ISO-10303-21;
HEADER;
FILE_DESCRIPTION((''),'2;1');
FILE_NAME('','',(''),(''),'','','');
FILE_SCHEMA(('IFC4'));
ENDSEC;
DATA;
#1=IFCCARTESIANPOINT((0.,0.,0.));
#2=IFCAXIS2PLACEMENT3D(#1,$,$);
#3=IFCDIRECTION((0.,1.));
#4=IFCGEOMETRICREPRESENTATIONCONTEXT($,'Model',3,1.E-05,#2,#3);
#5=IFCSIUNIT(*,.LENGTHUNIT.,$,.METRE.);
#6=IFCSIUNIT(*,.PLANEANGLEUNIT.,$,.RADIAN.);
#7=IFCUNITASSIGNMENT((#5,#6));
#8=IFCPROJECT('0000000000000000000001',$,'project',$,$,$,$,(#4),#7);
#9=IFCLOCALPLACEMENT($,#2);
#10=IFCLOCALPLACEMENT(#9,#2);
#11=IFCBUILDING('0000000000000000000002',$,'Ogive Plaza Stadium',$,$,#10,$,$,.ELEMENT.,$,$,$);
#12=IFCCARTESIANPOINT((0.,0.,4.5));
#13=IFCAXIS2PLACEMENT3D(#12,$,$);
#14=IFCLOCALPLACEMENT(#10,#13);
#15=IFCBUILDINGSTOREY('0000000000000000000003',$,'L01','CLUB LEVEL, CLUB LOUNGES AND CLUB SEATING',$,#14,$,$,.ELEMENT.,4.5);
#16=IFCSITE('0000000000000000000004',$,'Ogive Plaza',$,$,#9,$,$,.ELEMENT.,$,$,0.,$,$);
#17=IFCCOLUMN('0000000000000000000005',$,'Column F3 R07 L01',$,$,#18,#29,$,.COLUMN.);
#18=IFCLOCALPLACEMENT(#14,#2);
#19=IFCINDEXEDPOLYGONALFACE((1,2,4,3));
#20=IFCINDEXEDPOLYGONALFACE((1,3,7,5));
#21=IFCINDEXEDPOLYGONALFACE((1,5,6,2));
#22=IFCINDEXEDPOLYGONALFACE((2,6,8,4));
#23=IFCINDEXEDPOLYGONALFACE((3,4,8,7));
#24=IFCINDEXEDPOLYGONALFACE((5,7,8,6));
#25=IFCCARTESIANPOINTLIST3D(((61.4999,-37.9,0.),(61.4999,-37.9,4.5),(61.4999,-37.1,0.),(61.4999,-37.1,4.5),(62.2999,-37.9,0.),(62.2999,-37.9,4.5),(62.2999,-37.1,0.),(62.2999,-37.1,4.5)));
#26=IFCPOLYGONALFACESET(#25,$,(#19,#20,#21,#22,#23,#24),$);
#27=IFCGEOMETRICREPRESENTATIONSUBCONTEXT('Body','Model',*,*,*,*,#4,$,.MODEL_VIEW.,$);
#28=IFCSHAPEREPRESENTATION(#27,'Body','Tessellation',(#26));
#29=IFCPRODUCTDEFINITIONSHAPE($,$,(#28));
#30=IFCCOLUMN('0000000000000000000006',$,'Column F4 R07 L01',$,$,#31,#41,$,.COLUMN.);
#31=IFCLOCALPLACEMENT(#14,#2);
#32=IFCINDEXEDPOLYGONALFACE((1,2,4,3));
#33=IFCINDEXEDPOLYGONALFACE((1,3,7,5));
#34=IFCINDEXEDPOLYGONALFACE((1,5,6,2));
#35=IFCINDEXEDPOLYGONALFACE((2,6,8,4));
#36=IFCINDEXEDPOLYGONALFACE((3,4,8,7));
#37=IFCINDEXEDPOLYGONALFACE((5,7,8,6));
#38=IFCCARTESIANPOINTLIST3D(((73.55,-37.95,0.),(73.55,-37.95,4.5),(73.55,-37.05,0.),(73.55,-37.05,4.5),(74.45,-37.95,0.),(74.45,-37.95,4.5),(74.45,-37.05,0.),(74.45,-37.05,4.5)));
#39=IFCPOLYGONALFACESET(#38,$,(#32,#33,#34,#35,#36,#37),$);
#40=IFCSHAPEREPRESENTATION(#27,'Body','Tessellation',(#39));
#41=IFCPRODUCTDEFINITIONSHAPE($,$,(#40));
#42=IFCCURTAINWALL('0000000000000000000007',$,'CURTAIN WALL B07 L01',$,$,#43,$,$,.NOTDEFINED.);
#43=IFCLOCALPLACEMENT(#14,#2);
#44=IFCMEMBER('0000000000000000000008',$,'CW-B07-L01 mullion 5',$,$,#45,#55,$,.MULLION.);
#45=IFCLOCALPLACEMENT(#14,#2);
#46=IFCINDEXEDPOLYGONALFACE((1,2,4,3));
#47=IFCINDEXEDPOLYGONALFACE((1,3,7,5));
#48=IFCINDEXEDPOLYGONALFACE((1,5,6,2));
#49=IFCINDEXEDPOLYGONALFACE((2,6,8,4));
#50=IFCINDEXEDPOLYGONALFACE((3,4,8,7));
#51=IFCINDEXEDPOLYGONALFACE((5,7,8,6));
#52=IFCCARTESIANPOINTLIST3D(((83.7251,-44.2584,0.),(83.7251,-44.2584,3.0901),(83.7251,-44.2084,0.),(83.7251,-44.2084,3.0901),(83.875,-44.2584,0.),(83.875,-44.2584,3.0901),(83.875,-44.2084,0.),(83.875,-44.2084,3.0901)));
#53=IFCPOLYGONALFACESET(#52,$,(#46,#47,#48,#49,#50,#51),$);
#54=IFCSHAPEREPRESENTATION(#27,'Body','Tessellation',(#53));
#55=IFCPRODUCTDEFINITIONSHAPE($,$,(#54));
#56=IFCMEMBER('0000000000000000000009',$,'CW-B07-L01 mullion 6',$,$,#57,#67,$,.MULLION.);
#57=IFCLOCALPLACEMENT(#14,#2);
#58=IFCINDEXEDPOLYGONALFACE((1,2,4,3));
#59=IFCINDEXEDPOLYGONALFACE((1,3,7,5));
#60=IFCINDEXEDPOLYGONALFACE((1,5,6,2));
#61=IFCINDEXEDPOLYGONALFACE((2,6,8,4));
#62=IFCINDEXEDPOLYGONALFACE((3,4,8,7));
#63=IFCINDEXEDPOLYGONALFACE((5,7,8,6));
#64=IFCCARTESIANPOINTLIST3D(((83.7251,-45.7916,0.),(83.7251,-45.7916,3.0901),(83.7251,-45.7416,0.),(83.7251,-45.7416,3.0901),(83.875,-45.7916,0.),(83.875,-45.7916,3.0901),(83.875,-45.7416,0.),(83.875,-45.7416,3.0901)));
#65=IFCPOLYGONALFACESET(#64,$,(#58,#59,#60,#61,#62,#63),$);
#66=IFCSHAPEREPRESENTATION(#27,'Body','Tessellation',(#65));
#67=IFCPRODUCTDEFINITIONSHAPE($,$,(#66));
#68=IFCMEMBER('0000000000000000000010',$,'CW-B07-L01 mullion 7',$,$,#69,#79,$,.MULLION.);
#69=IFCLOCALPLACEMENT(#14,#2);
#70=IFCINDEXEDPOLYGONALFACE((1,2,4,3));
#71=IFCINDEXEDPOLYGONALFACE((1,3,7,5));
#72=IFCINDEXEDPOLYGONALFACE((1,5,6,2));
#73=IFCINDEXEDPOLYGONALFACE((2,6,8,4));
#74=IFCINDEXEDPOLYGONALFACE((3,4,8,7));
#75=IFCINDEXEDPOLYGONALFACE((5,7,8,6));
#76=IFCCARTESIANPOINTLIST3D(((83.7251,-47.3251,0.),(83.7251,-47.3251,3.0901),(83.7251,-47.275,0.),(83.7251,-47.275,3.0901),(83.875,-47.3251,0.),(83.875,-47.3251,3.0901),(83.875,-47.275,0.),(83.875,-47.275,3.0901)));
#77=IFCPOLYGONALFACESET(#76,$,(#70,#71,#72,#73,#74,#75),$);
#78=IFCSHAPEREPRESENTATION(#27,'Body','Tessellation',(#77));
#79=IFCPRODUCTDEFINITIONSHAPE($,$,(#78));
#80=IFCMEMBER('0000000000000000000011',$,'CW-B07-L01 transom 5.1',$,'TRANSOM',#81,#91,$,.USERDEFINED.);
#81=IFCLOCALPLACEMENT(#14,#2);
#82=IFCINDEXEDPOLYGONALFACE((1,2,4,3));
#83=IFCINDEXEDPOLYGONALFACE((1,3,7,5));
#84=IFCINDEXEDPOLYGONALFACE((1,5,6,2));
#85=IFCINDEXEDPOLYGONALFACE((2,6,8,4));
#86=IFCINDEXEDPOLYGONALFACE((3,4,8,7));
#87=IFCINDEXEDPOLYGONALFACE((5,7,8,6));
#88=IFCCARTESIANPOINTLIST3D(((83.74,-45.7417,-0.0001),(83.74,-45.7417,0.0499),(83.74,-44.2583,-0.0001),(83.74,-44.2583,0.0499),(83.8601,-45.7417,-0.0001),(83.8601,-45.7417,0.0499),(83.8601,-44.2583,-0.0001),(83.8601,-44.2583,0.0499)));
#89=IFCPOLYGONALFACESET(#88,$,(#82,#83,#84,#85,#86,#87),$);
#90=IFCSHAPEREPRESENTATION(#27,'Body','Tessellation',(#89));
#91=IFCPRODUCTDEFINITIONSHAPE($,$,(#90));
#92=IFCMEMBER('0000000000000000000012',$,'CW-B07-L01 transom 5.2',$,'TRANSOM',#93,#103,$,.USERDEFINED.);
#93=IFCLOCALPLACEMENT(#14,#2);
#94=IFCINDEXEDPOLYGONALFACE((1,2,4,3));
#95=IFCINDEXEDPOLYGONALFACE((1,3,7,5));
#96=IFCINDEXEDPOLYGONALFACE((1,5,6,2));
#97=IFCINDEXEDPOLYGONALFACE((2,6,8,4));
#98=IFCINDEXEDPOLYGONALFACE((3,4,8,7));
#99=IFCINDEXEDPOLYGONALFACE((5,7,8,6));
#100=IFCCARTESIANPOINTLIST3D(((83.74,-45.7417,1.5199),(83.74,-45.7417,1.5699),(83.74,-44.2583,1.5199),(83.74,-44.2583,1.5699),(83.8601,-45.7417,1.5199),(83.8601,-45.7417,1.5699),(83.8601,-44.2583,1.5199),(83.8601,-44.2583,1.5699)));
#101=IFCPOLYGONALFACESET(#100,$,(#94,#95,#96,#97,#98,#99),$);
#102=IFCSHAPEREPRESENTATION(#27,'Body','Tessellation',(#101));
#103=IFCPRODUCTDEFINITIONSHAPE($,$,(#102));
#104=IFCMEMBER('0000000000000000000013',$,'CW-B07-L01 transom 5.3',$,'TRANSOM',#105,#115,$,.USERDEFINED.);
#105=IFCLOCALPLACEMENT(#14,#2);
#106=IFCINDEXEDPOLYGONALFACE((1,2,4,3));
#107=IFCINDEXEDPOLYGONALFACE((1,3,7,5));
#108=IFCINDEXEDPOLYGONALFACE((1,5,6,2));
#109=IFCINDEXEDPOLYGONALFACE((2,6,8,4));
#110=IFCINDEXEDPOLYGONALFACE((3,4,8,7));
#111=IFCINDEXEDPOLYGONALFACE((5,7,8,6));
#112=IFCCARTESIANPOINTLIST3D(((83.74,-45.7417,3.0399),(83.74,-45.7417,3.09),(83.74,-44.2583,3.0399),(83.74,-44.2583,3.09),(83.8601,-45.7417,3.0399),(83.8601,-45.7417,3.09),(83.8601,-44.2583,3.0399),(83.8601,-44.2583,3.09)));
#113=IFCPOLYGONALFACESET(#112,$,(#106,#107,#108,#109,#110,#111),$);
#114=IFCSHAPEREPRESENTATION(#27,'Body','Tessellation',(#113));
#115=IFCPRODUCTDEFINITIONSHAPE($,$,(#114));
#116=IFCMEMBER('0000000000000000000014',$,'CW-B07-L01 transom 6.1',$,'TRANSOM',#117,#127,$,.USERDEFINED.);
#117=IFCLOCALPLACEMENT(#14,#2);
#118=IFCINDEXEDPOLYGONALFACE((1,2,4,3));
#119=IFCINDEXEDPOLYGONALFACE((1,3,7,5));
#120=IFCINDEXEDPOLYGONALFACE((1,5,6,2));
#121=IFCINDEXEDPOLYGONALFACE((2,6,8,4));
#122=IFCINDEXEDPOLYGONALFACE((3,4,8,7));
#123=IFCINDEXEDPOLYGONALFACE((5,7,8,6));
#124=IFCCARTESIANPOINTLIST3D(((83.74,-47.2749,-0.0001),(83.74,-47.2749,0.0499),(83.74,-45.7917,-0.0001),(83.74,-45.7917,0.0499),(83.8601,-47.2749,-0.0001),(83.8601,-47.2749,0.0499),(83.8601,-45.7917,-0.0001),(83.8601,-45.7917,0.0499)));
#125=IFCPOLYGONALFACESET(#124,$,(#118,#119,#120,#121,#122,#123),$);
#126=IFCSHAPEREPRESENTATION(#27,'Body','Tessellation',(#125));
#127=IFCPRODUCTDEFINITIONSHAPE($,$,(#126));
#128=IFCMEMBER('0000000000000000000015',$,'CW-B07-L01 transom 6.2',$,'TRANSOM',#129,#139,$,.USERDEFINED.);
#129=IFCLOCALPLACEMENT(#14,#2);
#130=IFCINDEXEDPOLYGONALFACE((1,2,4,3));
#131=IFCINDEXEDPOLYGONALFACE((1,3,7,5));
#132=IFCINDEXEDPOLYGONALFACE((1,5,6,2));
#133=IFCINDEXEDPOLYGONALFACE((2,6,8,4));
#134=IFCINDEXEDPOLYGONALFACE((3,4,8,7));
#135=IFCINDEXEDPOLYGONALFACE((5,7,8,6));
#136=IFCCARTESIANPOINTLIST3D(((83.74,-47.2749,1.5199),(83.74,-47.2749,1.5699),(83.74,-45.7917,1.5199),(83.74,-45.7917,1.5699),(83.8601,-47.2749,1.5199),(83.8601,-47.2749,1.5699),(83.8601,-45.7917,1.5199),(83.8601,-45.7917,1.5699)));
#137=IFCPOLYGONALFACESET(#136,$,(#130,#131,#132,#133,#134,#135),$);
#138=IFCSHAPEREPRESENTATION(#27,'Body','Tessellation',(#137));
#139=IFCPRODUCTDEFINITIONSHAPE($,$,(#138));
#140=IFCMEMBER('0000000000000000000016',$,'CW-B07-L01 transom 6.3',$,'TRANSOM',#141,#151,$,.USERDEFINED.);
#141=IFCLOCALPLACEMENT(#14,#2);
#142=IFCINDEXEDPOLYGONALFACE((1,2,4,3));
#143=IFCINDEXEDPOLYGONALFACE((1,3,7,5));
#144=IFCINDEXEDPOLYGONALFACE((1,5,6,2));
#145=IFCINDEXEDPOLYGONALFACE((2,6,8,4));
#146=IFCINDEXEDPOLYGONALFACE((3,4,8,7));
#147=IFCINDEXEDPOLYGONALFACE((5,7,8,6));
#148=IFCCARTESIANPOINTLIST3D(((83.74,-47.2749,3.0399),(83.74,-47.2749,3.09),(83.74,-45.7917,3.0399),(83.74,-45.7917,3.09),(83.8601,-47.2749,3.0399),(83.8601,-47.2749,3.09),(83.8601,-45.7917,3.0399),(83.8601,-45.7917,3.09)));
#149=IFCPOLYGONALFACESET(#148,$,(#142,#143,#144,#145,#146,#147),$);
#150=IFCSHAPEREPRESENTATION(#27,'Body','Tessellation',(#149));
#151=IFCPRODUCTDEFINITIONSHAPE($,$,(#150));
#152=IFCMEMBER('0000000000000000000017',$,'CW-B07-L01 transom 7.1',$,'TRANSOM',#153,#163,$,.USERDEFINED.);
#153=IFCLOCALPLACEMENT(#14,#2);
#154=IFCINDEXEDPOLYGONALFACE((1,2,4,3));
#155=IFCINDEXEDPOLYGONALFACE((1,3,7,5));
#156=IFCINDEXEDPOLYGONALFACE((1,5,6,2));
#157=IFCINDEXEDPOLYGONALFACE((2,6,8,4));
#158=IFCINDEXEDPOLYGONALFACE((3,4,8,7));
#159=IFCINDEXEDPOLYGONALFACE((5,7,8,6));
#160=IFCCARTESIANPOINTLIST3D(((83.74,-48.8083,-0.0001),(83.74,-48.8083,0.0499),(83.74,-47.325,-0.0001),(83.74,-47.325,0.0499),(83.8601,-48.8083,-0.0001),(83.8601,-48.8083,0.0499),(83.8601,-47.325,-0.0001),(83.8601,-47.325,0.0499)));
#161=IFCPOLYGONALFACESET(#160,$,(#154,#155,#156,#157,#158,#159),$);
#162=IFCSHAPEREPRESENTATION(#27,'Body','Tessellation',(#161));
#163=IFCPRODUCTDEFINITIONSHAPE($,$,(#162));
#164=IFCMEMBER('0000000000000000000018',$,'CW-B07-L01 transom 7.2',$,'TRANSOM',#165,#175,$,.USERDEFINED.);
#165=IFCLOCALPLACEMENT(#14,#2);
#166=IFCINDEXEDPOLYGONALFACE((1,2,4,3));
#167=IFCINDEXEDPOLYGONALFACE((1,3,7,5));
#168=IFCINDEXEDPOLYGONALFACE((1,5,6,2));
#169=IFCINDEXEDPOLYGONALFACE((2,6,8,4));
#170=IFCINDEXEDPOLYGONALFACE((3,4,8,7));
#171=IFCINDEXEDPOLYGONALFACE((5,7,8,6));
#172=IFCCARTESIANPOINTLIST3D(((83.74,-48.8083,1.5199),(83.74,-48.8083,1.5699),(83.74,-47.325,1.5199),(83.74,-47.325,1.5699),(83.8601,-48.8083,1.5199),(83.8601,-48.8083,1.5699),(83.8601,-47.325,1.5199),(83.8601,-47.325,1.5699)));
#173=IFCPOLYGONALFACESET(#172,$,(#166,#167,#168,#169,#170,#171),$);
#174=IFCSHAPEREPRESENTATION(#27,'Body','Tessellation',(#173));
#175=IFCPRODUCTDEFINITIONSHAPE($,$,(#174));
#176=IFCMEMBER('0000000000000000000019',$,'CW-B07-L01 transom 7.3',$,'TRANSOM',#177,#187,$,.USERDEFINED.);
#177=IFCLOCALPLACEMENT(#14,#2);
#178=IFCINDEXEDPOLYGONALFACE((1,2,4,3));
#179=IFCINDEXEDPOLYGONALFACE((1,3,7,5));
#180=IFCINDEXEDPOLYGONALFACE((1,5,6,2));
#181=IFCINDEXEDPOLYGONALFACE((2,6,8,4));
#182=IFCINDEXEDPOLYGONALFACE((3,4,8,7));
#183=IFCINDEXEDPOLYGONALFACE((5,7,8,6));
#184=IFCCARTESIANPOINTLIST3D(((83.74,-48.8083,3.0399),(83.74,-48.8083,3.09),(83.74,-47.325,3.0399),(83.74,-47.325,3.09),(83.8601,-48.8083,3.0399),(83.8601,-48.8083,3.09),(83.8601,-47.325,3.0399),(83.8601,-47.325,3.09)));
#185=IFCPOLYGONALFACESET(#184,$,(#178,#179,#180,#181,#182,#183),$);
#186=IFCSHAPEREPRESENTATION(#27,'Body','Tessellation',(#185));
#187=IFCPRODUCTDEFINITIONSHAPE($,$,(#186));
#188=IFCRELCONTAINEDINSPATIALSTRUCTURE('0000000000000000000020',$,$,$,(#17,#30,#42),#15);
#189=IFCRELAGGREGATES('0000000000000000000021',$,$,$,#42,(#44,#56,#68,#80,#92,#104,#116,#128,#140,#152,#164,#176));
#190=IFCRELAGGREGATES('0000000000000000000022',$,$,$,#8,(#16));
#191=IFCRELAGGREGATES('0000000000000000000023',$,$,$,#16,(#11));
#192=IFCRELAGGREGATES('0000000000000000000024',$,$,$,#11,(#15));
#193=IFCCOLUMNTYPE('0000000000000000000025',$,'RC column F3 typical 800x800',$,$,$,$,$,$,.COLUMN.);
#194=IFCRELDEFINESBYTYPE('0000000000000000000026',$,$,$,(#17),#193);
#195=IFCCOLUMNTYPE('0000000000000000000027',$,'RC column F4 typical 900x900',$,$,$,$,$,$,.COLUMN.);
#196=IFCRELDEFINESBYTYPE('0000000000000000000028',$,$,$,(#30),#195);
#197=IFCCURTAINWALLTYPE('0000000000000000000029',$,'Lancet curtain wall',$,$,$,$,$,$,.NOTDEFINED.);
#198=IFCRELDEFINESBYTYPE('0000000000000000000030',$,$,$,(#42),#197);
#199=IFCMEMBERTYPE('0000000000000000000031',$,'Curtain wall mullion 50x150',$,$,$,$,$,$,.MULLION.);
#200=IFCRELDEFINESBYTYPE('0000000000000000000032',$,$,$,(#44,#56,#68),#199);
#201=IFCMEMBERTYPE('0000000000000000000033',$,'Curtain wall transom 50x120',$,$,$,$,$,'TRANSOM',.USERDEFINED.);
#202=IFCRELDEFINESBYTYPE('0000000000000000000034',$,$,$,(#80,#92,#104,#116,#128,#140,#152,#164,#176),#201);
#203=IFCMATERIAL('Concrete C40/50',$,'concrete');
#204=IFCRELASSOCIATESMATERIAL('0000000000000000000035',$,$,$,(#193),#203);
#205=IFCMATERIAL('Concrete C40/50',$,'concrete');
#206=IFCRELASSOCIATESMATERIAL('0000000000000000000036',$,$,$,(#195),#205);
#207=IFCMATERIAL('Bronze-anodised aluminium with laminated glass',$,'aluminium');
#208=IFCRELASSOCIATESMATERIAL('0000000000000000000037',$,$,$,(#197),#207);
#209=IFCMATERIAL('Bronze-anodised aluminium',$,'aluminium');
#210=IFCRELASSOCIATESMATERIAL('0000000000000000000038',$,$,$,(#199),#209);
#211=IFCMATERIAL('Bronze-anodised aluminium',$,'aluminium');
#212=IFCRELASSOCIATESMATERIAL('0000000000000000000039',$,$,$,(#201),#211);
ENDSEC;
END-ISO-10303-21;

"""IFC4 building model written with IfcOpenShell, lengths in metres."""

from ifc_helpers import new_model, si_unit, direction, frame, origin, origin_2d, place, context, subcontext, project, spatial, rectangle, extrude, material, material_profile, profile_set, type_object, element, aggregate, save


model = new_model("IFC4")

# Units and contexts
model_context = context("Model", 3, precision=1e-05, world=origin(), true_north=direction((0.0, 1.0)))
body_context = subcontext(model_context, "Body", "Model", "MODEL_VIEW")
ifc_project = project(units=[si_unit("LENGTHUNIT", "METRE"), si_unit("PLANEANGLEUNIT", "RADIAN")], contexts=[model_context])

# Site, building, storey
site_placement = place(None, origin())
site = spatial("IfcSite", under=ifc_project, at=site_placement, Name="Ogive Plaza", CompositionType="ELEMENT", RefElevation=0.0)
building_placement = place(site_placement, origin())
building = spatial("IfcBuilding", under=site, at=building_placement, Name="Ogive Plaza Stadium", CompositionType="ELEMENT")
storey_placement = place(building_placement, frame((0.0, 0.0, 4.5)))
storey = spatial("IfcBuildingStorey", under=building, at=storey_placement, Name="L01", Description="CLUB LEVEL, CLUB LOUNGES AND CLUB SEATING", CompositionType="ELEMENT", Elevation=4.5)

# Columns
ifc_material_1 = material(Name="Concrete C40/50", Category="concrete")
ifc_material_profile_1 = material_profile(ifc_material_1, rectangle(XDim=0.8, YDim=0.8, at=origin_2d()), Name="RC 800x800")
ifc_profile_set_1 = profile_set([ifc_material_profile_1], Name="Concrete C40/50")
column_type_1 = type_object("IfcColumnType", Name="RC column F3 typical 800x800", PredefinedType="COLUMN", material=ifc_profile_set_1)
column_1_placement = place(storey_placement, frame((61.8999, -37.5, 0.0), z_axis=(0.0, 0.0, 1.0), x_axis=(0.0, 1.0, 0.0)))
element("IfcColumn", 1, at=column_1_placement, inside=storey, type_object=column_type_1, Name="Column F3 R07 L01", PredefinedType="COLUMN", context=body_context, shape_type="SweptSolid", body=[
    extrude(rectangle(XDim=0.8, YDim=0.8, at=origin_2d()), origin(), (0.0, 0.0, 1.0), 4.5),
])
ifc_material_2 = material(Name="Concrete C40/50", Category="concrete")
ifc_material_profile_2 = material_profile(ifc_material_2, rectangle(XDim=0.8999, YDim=0.8999, at=origin_2d()), Name="RC 900x900")
ifc_profile_set_2 = profile_set([ifc_material_profile_2], Name="Concrete C40/50")
column_type_2 = type_object("IfcColumnType", Name="RC column F4 typical 900x900", PredefinedType="COLUMN", material=ifc_profile_set_2)
column_2_placement = place(storey_placement, frame((74.0, -37.5, 0.0), z_axis=(0.0, 0.0, 1.0), x_axis=(0.0, 1.0, 0.0)))
element("IfcColumn", 2, at=column_2_placement, inside=storey, type_object=column_type_2, Name="Column F4 R07 L01", PredefinedType="COLUMN", context=body_context, shape_type="SweptSolid", body=[
    extrude(rectangle(XDim=0.8999, YDim=0.8999, at=origin_2d()), origin(), (0.0, 0.0, 1.0), 4.5),
])

# Curtain wall, members
ifc_material_3 = material(Name="Bronze-anodised aluminium with laminated glass", Category="aluminium")
curtain_wall_type = type_object("IfcCurtainWallType", Name="Lancet curtain wall", PredefinedType="NOTDEFINED", material=ifc_material_3)
curtain_wall_placement = place(storey_placement, origin())
curtain_wall = element("IfcCurtainWall", 3, at=curtain_wall_placement, inside=storey, type_object=curtain_wall_type, Name="CURTAIN WALL B07 L01", PredefinedType="NOTDEFINED")
ifc_material_4 = material(Name="Bronze-anodised aluminium", Category="aluminium")
ifc_material_profile_3 = material_profile(ifc_material_4, rectangle(XDim=0.1499, YDim=0.05, at=origin_2d()), Name="AL 150x50")
ifc_profile_set_3 = profile_set([ifc_material_profile_3], Name="Bronze-anodised aluminium")
member_type_1 = type_object("IfcMemberType", Name="Curtain wall mullion 50x150", PredefinedType="MULLION", material=ifc_profile_set_3)
member_1_placement = place(storey_placement, frame((83.8, -44.2334, 0.0), z_axis=(0.0, 0.0, 1.0), x_axis=(1.0, 0.0, 0.0)))
member_1 = element("IfcMember", 4, at=member_1_placement, type_object=member_type_1, Name="CW-B07-L01 mullion 5", PredefinedType="MULLION", context=body_context, shape_type="SweptSolid", body=[
    extrude(rectangle(XDim=0.1499, YDim=0.05, at=origin_2d()), origin(), (0.0, 0.0, 1.0), 3.0901),
])
member_2_placement = place(storey_placement, frame((83.8, -45.7666, 0.0), z_axis=(0.0, 0.0, 1.0), x_axis=(1.0, 0.0, 0.0)))
member_2 = element("IfcMember", 5, at=member_2_placement, type_object=member_type_1, Name="CW-B07-L01 mullion 6", PredefinedType="MULLION", context=body_context, shape_type="SweptSolid", body=[
    extrude(rectangle(XDim=0.1499, YDim=0.05, at=origin_2d()), origin(), (0.0, 0.0, 1.0), 3.0901),
])
member_3_placement = place(storey_placement, frame((83.8, -47.3, 0.0), z_axis=(0.0, 0.0, 1.0), x_axis=(1.0, 0.0, 0.0)))
member_3 = element("IfcMember", 6, at=member_3_placement, type_object=member_type_1, Name="CW-B07-L01 mullion 7", PredefinedType="MULLION", context=body_context, shape_type="SweptSolid", body=[
    extrude(rectangle(XDim=0.1499, YDim=0.05, at=origin_2d()), origin(), (0.0, 0.0, 1.0), 3.0901),
])
ifc_material_5 = material(Name="Bronze-anodised aluminium", Category="aluminium")
ifc_material_profile_4 = material_profile(ifc_material_5, rectangle(XDim=0.1201, YDim=0.05, at=origin_2d()), Name="AL 120x50")
ifc_profile_set_4 = profile_set([ifc_material_profile_4], Name="Bronze-anodised aluminium")
member_type_2 = type_object("IfcMemberType", Name="Curtain wall transom 50x120", ElementType="TRANSOM", PredefinedType="USERDEFINED", material=ifc_profile_set_4)
member_4_placement = place(storey_placement, frame((83.8, -44.2583, 0.0249), z_axis=(0.0, -1.0, 0.0), x_axis=(1.0, 0.0, 0.0)))
member_4 = element("IfcMember", 7, at=member_4_placement, type_object=member_type_2, Name="CW-B07-L01 transom 5.1", ObjectType="TRANSOM", PredefinedType="USERDEFINED", context=body_context, shape_type="SweptSolid", body=[
    extrude(rectangle(XDim=0.1201, YDim=0.05, at=origin_2d()), origin(), (0.0, 0.0, 1.0), 1.4834),
])
member_5_placement = place(storey_placement, frame((83.8, -44.2583, 1.5449), z_axis=(0.0, -1.0, 0.0), x_axis=(1.0, 0.0, 0.0)))
member_5 = element("IfcMember", 8, at=member_5_placement, type_object=member_type_2, Name="CW-B07-L01 transom 5.2", ObjectType="TRANSOM", PredefinedType="USERDEFINED", context=body_context, shape_type="SweptSolid", body=[
    extrude(rectangle(XDim=0.1201, YDim=0.05, at=origin_2d()), origin(), (0.0, 0.0, 1.0), 1.4834),
])
member_6_placement = place(storey_placement, frame((83.8, -44.2583, 3.0649), z_axis=(0.0, -1.0, 0.0), x_axis=(1.0, 0.0, 0.0)))
member_6 = element("IfcMember", 9, at=member_6_placement, type_object=member_type_2, Name="CW-B07-L01 transom 5.3", ObjectType="TRANSOM", PredefinedType="USERDEFINED", context=body_context, shape_type="SweptSolid", body=[
    extrude(rectangle(XDim=0.1201, YDim=0.05, at=origin_2d()), origin(), (0.0, 0.0, 1.0), 1.4834),
])
member_7_placement = place(storey_placement, frame((83.8, -45.7917, 0.0249), z_axis=(0.0, -1.0, 0.0), x_axis=(1.0, 0.0, 0.0)))
member_7 = element("IfcMember", 10, at=member_7_placement, type_object=member_type_2, Name="CW-B07-L01 transom 6.1", ObjectType="TRANSOM", PredefinedType="USERDEFINED", context=body_context, shape_type="SweptSolid", body=[
    extrude(rectangle(XDim=0.1201, YDim=0.05, at=origin_2d()), origin(), (0.0, 0.0, 1.0), 1.4832),
])
member_8_placement = place(storey_placement, frame((83.8, -45.7917, 1.5449), z_axis=(0.0, -1.0, 0.0), x_axis=(1.0, 0.0, 0.0)))
member_8 = element("IfcMember", 11, at=member_8_placement, type_object=member_type_2, Name="CW-B07-L01 transom 6.2", ObjectType="TRANSOM", PredefinedType="USERDEFINED", context=body_context, shape_type="SweptSolid", body=[
    extrude(rectangle(XDim=0.1201, YDim=0.05, at=origin_2d()), origin(), (0.0, 0.0, 1.0), 1.4832),
])
member_9_placement = place(storey_placement, frame((83.8, -45.7917, 3.0649), z_axis=(0.0, -1.0, 0.0), x_axis=(1.0, 0.0, 0.0)))
member_9 = element("IfcMember", 12, at=member_9_placement, type_object=member_type_2, Name="CW-B07-L01 transom 6.3", ObjectType="TRANSOM", PredefinedType="USERDEFINED", context=body_context, shape_type="SweptSolid", body=[
    extrude(rectangle(XDim=0.1201, YDim=0.05, at=origin_2d()), origin(), (0.0, 0.0, 1.0), 1.4832),
])
member_10_placement = place(storey_placement, frame((83.8, -47.325, 0.0249), z_axis=(0.0, -1.0, 0.0), x_axis=(1.0, 0.0, 0.0)))
member_10 = element("IfcMember", 13, at=member_10_placement, type_object=member_type_2, Name="CW-B07-L01 transom 7.1", ObjectType="TRANSOM", PredefinedType="USERDEFINED", context=body_context, shape_type="SweptSolid", body=[
    extrude(rectangle(XDim=0.1201, YDim=0.05, at=origin_2d()), origin(), (0.0, 0.0, 1.0), 1.4834),
])
member_11_placement = place(storey_placement, frame((83.8, -47.325, 1.5449), z_axis=(0.0, -1.0, 0.0), x_axis=(1.0, 0.0, 0.0)))
member_11 = element("IfcMember", 14, at=member_11_placement, type_object=member_type_2, Name="CW-B07-L01 transom 7.2", ObjectType="TRANSOM", PredefinedType="USERDEFINED", context=body_context, shape_type="SweptSolid", body=[
    extrude(rectangle(XDim=0.1201, YDim=0.05, at=origin_2d()), origin(), (0.0, 0.0, 1.0), 1.4834),
])
member_12_placement = place(storey_placement, frame((83.8, -47.325, 3.0649), z_axis=(0.0, -1.0, 0.0), x_axis=(1.0, 0.0, 0.0)))
member_12 = element("IfcMember", 15, at=member_12_placement, type_object=member_type_2, Name="CW-B07-L01 transom 7.3", ObjectType="TRANSOM", PredefinedType="USERDEFINED", context=body_context, shape_type="SweptSolid", body=[
    extrude(rectangle(XDim=0.1201, YDim=0.05, at=origin_2d()), origin(), (0.0, 0.0, 1.0), 1.4834),
])

aggregate(curtain_wall, [member_1, member_2, member_3, member_4, member_5, member_6, member_7, member_8, member_9, member_10, member_11, member_12])

save(model, "model.ifc")
